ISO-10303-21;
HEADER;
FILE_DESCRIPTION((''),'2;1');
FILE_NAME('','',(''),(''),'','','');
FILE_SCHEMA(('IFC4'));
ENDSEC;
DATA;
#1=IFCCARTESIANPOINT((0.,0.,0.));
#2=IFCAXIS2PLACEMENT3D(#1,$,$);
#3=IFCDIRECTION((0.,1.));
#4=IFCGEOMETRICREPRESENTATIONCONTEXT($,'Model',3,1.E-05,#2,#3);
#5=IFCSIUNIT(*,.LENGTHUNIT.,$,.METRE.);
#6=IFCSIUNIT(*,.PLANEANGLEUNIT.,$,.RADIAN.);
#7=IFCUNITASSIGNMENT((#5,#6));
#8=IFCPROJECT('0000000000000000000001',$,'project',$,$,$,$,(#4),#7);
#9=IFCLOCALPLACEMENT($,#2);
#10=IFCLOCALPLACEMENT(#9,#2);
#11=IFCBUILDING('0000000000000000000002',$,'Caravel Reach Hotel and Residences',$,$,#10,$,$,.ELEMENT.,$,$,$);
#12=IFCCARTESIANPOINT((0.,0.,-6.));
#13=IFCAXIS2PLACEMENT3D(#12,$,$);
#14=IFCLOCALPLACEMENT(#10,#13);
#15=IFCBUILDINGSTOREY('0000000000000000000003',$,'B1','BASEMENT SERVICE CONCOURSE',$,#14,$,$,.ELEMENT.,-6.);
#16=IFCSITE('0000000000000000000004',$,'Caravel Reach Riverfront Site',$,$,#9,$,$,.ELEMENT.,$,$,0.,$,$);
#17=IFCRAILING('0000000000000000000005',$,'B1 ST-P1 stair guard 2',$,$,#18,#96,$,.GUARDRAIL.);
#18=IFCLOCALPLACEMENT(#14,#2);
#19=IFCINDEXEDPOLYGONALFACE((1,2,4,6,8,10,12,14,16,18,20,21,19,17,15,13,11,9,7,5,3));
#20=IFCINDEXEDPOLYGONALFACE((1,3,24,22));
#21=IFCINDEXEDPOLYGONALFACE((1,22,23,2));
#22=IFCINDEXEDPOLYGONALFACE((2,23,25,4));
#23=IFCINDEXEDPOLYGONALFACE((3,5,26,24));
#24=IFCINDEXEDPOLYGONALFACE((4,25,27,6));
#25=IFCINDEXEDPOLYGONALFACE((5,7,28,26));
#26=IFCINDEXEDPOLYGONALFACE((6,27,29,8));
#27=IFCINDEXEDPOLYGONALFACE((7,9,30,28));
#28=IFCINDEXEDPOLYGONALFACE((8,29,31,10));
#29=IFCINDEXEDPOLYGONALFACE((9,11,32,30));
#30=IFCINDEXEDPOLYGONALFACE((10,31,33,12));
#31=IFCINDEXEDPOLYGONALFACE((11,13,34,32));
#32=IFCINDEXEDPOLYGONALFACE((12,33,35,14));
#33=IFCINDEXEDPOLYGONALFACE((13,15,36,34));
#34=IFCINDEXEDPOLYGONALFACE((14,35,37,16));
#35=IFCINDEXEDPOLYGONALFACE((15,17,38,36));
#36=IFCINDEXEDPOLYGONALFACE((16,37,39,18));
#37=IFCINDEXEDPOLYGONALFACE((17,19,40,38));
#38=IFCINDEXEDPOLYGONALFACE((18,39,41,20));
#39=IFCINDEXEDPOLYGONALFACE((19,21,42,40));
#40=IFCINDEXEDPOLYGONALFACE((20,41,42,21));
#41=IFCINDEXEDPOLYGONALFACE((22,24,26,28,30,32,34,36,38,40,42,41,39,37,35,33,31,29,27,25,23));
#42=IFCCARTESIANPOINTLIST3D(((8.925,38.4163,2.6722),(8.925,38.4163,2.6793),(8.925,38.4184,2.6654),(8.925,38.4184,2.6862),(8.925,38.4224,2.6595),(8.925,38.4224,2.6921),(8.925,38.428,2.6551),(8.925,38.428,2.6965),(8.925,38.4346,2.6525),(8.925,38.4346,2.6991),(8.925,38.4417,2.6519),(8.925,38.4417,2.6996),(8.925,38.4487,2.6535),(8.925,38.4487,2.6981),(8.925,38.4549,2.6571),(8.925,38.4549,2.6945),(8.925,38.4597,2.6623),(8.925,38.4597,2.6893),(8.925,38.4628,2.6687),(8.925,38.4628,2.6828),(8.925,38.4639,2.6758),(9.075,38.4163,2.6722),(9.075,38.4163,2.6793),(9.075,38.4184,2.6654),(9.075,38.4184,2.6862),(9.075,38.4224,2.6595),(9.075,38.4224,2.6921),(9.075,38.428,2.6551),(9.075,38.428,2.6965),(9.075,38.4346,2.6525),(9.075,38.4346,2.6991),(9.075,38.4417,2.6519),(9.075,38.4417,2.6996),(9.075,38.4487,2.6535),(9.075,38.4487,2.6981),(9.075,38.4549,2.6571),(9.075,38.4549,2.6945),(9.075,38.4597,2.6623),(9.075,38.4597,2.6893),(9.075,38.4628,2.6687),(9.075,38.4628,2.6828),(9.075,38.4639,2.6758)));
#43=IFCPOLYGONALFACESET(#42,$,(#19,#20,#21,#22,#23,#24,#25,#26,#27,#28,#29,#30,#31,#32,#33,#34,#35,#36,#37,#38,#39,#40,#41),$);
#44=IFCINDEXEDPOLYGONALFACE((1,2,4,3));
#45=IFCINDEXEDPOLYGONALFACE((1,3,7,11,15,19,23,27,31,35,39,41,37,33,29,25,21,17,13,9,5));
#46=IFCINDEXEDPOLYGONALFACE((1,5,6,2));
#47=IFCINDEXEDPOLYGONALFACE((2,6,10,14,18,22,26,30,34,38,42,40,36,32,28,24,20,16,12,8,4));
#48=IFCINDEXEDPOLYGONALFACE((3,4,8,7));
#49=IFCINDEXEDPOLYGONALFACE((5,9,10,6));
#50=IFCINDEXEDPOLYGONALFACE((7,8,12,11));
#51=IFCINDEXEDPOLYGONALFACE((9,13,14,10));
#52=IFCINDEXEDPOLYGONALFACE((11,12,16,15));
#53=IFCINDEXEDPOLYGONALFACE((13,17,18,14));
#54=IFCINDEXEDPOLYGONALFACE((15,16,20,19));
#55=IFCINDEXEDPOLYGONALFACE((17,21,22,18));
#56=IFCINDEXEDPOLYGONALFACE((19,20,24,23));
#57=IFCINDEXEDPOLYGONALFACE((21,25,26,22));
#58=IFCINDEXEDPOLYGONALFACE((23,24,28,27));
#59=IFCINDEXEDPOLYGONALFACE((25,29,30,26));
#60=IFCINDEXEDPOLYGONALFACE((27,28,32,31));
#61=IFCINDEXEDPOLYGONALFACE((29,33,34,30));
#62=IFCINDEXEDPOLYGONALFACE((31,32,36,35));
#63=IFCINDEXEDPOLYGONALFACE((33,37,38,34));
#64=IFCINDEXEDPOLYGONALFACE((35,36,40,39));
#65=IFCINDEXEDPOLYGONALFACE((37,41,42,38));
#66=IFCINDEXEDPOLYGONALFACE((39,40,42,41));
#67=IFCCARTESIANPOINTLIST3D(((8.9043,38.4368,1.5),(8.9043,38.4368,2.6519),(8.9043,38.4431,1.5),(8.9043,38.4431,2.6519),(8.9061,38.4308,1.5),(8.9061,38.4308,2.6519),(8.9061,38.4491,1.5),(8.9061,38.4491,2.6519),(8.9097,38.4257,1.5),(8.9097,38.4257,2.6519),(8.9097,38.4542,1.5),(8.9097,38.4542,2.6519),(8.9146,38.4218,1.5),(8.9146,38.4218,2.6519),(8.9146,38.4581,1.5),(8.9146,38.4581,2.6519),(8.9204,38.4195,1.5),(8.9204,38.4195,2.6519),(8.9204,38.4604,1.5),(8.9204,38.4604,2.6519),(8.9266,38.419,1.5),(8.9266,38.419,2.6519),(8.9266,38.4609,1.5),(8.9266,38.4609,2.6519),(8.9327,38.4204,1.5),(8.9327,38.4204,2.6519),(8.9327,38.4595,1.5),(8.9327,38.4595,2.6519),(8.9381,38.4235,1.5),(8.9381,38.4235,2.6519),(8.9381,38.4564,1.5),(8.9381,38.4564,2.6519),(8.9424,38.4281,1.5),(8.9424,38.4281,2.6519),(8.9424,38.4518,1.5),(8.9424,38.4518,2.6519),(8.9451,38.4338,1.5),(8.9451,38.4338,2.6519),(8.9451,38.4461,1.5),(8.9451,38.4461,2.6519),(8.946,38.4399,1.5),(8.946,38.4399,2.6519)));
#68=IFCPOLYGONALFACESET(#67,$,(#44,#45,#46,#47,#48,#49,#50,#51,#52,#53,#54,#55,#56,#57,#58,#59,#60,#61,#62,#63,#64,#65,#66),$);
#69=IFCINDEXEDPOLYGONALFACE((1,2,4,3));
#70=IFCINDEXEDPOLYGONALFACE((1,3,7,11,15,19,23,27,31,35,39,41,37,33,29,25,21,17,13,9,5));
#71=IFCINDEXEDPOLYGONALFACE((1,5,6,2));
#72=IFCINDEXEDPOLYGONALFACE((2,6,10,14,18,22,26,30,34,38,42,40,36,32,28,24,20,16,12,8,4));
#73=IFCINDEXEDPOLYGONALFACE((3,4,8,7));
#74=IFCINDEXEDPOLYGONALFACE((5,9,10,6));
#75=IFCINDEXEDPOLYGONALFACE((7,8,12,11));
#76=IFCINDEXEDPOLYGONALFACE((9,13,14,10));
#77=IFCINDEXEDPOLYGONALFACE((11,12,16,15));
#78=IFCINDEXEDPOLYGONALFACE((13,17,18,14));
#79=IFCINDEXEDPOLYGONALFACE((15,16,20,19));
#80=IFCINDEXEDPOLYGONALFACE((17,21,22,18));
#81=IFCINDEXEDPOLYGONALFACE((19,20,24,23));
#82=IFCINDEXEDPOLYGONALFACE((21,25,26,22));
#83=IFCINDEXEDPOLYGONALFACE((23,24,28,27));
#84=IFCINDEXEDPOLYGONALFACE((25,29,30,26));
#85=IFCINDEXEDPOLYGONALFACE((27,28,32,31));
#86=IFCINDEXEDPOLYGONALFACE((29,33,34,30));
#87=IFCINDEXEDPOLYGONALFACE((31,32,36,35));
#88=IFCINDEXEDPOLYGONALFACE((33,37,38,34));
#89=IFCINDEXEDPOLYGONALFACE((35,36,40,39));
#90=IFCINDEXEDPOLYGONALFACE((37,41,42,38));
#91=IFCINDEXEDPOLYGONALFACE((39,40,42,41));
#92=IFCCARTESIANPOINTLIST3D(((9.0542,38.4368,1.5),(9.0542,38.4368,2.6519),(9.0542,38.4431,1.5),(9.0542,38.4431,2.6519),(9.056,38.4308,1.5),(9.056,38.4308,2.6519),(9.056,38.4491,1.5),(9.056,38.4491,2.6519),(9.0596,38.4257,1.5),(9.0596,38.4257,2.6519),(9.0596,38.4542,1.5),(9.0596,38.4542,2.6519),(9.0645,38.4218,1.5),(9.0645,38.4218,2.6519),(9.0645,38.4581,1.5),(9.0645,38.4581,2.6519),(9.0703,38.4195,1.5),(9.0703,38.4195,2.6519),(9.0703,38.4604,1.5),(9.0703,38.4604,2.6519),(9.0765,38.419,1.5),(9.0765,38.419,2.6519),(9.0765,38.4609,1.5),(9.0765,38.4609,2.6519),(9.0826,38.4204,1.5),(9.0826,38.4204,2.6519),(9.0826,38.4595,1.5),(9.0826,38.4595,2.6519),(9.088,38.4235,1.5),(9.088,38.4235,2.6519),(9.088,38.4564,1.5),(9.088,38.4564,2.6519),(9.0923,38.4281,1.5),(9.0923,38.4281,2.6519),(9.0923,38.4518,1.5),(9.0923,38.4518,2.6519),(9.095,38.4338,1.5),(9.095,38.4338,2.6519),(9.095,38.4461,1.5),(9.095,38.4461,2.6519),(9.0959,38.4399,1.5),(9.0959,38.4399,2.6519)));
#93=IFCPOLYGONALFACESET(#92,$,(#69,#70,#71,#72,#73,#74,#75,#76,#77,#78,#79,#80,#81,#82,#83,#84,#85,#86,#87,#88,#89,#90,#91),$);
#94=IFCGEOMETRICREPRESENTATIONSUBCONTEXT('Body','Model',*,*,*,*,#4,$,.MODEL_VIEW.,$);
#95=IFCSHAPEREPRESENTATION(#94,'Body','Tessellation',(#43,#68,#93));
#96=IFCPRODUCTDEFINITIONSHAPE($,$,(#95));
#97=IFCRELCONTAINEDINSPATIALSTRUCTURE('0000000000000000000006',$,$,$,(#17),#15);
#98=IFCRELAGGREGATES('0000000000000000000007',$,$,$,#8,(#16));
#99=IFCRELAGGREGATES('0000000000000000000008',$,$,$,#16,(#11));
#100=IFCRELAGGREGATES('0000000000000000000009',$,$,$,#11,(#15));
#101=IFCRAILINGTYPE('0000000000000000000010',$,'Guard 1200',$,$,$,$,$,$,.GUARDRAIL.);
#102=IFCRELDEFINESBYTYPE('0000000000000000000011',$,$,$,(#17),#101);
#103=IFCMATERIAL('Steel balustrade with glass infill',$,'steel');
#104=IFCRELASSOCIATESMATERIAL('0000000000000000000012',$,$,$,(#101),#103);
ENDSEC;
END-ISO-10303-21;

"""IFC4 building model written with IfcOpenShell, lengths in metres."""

from ifc_helpers import new_model, si_unit, direction, frame, origin, origin_2d, place, context, subcontext, project, spatial, circle, extrude, material, type_object, element, save


model = new_model("IFC4")

# Units and contexts
model_context = context("Model", 3, precision=1e-05, world=origin(), true_north=direction((0.0, 1.0)))
body_context = subcontext(model_context, "Body", "Model", "MODEL_VIEW")
ifc_project = project(units=[si_unit("LENGTHUNIT", "METRE"), si_unit("PLANEANGLEUNIT", "RADIAN")], contexts=[model_context])

# Site, building, storey
site_placement = place(None, origin())
site = spatial("IfcSite", under=ifc_project, at=site_placement, Name="Caravel Reach Riverfront Site", CompositionType="ELEMENT", RefElevation=0.0)
building_placement = place(site_placement, origin())
building = spatial("IfcBuilding", under=site, at=building_placement, Name="Caravel Reach Hotel and Residences", CompositionType="ELEMENT")
storey_placement = place(building_placement, frame((0.0, 0.0, -6.0)))
storey = spatial("IfcBuildingStorey", under=building, at=storey_placement, Name="B1", Description="BASEMENT SERVICE CONCOURSE", CompositionType="ELEMENT", Elevation=-6.0)

# Railing
ifc_material_1 = material(Name="Steel balustrade with glass infill", Category="steel")
railing_type = type_object("IfcRailingType", Name="Guard 1200", PredefinedType="GUARDRAIL", material=ifc_material_1)
railing_1_placement = place(storey_placement, frame((8.925, 38.4399, 1.5)))
element("IfcRailing", 1, at=railing_1_placement, inside=storey, type_object=railing_type, Name="B1 ST-P1 stair guard 2", PredefinedType="GUARDRAIL", context=body_context, shape_type="SweptSolid", body=[
    extrude(circle(Radius=0.0239, at=origin_2d()), frame((0.0, 0.0, 1.1758), z_axis=(1.0, 0.0, 0.0), x_axis=(0.0, 1.0, 0.0)), (0.0, 0.0, 1.0), 0.1499),
    extrude(circle(Radius=0.021, at=origin_2d()), origin(), (0.0, 0.0, 1.0), 1.1519),
    extrude(circle(Radius=0.021, at=origin_2d()), frame((0.1499, 0.0, 0.0)), (0.0, 0.0, 1.0), 1.1519),
])

save(model, "model.ifc")
